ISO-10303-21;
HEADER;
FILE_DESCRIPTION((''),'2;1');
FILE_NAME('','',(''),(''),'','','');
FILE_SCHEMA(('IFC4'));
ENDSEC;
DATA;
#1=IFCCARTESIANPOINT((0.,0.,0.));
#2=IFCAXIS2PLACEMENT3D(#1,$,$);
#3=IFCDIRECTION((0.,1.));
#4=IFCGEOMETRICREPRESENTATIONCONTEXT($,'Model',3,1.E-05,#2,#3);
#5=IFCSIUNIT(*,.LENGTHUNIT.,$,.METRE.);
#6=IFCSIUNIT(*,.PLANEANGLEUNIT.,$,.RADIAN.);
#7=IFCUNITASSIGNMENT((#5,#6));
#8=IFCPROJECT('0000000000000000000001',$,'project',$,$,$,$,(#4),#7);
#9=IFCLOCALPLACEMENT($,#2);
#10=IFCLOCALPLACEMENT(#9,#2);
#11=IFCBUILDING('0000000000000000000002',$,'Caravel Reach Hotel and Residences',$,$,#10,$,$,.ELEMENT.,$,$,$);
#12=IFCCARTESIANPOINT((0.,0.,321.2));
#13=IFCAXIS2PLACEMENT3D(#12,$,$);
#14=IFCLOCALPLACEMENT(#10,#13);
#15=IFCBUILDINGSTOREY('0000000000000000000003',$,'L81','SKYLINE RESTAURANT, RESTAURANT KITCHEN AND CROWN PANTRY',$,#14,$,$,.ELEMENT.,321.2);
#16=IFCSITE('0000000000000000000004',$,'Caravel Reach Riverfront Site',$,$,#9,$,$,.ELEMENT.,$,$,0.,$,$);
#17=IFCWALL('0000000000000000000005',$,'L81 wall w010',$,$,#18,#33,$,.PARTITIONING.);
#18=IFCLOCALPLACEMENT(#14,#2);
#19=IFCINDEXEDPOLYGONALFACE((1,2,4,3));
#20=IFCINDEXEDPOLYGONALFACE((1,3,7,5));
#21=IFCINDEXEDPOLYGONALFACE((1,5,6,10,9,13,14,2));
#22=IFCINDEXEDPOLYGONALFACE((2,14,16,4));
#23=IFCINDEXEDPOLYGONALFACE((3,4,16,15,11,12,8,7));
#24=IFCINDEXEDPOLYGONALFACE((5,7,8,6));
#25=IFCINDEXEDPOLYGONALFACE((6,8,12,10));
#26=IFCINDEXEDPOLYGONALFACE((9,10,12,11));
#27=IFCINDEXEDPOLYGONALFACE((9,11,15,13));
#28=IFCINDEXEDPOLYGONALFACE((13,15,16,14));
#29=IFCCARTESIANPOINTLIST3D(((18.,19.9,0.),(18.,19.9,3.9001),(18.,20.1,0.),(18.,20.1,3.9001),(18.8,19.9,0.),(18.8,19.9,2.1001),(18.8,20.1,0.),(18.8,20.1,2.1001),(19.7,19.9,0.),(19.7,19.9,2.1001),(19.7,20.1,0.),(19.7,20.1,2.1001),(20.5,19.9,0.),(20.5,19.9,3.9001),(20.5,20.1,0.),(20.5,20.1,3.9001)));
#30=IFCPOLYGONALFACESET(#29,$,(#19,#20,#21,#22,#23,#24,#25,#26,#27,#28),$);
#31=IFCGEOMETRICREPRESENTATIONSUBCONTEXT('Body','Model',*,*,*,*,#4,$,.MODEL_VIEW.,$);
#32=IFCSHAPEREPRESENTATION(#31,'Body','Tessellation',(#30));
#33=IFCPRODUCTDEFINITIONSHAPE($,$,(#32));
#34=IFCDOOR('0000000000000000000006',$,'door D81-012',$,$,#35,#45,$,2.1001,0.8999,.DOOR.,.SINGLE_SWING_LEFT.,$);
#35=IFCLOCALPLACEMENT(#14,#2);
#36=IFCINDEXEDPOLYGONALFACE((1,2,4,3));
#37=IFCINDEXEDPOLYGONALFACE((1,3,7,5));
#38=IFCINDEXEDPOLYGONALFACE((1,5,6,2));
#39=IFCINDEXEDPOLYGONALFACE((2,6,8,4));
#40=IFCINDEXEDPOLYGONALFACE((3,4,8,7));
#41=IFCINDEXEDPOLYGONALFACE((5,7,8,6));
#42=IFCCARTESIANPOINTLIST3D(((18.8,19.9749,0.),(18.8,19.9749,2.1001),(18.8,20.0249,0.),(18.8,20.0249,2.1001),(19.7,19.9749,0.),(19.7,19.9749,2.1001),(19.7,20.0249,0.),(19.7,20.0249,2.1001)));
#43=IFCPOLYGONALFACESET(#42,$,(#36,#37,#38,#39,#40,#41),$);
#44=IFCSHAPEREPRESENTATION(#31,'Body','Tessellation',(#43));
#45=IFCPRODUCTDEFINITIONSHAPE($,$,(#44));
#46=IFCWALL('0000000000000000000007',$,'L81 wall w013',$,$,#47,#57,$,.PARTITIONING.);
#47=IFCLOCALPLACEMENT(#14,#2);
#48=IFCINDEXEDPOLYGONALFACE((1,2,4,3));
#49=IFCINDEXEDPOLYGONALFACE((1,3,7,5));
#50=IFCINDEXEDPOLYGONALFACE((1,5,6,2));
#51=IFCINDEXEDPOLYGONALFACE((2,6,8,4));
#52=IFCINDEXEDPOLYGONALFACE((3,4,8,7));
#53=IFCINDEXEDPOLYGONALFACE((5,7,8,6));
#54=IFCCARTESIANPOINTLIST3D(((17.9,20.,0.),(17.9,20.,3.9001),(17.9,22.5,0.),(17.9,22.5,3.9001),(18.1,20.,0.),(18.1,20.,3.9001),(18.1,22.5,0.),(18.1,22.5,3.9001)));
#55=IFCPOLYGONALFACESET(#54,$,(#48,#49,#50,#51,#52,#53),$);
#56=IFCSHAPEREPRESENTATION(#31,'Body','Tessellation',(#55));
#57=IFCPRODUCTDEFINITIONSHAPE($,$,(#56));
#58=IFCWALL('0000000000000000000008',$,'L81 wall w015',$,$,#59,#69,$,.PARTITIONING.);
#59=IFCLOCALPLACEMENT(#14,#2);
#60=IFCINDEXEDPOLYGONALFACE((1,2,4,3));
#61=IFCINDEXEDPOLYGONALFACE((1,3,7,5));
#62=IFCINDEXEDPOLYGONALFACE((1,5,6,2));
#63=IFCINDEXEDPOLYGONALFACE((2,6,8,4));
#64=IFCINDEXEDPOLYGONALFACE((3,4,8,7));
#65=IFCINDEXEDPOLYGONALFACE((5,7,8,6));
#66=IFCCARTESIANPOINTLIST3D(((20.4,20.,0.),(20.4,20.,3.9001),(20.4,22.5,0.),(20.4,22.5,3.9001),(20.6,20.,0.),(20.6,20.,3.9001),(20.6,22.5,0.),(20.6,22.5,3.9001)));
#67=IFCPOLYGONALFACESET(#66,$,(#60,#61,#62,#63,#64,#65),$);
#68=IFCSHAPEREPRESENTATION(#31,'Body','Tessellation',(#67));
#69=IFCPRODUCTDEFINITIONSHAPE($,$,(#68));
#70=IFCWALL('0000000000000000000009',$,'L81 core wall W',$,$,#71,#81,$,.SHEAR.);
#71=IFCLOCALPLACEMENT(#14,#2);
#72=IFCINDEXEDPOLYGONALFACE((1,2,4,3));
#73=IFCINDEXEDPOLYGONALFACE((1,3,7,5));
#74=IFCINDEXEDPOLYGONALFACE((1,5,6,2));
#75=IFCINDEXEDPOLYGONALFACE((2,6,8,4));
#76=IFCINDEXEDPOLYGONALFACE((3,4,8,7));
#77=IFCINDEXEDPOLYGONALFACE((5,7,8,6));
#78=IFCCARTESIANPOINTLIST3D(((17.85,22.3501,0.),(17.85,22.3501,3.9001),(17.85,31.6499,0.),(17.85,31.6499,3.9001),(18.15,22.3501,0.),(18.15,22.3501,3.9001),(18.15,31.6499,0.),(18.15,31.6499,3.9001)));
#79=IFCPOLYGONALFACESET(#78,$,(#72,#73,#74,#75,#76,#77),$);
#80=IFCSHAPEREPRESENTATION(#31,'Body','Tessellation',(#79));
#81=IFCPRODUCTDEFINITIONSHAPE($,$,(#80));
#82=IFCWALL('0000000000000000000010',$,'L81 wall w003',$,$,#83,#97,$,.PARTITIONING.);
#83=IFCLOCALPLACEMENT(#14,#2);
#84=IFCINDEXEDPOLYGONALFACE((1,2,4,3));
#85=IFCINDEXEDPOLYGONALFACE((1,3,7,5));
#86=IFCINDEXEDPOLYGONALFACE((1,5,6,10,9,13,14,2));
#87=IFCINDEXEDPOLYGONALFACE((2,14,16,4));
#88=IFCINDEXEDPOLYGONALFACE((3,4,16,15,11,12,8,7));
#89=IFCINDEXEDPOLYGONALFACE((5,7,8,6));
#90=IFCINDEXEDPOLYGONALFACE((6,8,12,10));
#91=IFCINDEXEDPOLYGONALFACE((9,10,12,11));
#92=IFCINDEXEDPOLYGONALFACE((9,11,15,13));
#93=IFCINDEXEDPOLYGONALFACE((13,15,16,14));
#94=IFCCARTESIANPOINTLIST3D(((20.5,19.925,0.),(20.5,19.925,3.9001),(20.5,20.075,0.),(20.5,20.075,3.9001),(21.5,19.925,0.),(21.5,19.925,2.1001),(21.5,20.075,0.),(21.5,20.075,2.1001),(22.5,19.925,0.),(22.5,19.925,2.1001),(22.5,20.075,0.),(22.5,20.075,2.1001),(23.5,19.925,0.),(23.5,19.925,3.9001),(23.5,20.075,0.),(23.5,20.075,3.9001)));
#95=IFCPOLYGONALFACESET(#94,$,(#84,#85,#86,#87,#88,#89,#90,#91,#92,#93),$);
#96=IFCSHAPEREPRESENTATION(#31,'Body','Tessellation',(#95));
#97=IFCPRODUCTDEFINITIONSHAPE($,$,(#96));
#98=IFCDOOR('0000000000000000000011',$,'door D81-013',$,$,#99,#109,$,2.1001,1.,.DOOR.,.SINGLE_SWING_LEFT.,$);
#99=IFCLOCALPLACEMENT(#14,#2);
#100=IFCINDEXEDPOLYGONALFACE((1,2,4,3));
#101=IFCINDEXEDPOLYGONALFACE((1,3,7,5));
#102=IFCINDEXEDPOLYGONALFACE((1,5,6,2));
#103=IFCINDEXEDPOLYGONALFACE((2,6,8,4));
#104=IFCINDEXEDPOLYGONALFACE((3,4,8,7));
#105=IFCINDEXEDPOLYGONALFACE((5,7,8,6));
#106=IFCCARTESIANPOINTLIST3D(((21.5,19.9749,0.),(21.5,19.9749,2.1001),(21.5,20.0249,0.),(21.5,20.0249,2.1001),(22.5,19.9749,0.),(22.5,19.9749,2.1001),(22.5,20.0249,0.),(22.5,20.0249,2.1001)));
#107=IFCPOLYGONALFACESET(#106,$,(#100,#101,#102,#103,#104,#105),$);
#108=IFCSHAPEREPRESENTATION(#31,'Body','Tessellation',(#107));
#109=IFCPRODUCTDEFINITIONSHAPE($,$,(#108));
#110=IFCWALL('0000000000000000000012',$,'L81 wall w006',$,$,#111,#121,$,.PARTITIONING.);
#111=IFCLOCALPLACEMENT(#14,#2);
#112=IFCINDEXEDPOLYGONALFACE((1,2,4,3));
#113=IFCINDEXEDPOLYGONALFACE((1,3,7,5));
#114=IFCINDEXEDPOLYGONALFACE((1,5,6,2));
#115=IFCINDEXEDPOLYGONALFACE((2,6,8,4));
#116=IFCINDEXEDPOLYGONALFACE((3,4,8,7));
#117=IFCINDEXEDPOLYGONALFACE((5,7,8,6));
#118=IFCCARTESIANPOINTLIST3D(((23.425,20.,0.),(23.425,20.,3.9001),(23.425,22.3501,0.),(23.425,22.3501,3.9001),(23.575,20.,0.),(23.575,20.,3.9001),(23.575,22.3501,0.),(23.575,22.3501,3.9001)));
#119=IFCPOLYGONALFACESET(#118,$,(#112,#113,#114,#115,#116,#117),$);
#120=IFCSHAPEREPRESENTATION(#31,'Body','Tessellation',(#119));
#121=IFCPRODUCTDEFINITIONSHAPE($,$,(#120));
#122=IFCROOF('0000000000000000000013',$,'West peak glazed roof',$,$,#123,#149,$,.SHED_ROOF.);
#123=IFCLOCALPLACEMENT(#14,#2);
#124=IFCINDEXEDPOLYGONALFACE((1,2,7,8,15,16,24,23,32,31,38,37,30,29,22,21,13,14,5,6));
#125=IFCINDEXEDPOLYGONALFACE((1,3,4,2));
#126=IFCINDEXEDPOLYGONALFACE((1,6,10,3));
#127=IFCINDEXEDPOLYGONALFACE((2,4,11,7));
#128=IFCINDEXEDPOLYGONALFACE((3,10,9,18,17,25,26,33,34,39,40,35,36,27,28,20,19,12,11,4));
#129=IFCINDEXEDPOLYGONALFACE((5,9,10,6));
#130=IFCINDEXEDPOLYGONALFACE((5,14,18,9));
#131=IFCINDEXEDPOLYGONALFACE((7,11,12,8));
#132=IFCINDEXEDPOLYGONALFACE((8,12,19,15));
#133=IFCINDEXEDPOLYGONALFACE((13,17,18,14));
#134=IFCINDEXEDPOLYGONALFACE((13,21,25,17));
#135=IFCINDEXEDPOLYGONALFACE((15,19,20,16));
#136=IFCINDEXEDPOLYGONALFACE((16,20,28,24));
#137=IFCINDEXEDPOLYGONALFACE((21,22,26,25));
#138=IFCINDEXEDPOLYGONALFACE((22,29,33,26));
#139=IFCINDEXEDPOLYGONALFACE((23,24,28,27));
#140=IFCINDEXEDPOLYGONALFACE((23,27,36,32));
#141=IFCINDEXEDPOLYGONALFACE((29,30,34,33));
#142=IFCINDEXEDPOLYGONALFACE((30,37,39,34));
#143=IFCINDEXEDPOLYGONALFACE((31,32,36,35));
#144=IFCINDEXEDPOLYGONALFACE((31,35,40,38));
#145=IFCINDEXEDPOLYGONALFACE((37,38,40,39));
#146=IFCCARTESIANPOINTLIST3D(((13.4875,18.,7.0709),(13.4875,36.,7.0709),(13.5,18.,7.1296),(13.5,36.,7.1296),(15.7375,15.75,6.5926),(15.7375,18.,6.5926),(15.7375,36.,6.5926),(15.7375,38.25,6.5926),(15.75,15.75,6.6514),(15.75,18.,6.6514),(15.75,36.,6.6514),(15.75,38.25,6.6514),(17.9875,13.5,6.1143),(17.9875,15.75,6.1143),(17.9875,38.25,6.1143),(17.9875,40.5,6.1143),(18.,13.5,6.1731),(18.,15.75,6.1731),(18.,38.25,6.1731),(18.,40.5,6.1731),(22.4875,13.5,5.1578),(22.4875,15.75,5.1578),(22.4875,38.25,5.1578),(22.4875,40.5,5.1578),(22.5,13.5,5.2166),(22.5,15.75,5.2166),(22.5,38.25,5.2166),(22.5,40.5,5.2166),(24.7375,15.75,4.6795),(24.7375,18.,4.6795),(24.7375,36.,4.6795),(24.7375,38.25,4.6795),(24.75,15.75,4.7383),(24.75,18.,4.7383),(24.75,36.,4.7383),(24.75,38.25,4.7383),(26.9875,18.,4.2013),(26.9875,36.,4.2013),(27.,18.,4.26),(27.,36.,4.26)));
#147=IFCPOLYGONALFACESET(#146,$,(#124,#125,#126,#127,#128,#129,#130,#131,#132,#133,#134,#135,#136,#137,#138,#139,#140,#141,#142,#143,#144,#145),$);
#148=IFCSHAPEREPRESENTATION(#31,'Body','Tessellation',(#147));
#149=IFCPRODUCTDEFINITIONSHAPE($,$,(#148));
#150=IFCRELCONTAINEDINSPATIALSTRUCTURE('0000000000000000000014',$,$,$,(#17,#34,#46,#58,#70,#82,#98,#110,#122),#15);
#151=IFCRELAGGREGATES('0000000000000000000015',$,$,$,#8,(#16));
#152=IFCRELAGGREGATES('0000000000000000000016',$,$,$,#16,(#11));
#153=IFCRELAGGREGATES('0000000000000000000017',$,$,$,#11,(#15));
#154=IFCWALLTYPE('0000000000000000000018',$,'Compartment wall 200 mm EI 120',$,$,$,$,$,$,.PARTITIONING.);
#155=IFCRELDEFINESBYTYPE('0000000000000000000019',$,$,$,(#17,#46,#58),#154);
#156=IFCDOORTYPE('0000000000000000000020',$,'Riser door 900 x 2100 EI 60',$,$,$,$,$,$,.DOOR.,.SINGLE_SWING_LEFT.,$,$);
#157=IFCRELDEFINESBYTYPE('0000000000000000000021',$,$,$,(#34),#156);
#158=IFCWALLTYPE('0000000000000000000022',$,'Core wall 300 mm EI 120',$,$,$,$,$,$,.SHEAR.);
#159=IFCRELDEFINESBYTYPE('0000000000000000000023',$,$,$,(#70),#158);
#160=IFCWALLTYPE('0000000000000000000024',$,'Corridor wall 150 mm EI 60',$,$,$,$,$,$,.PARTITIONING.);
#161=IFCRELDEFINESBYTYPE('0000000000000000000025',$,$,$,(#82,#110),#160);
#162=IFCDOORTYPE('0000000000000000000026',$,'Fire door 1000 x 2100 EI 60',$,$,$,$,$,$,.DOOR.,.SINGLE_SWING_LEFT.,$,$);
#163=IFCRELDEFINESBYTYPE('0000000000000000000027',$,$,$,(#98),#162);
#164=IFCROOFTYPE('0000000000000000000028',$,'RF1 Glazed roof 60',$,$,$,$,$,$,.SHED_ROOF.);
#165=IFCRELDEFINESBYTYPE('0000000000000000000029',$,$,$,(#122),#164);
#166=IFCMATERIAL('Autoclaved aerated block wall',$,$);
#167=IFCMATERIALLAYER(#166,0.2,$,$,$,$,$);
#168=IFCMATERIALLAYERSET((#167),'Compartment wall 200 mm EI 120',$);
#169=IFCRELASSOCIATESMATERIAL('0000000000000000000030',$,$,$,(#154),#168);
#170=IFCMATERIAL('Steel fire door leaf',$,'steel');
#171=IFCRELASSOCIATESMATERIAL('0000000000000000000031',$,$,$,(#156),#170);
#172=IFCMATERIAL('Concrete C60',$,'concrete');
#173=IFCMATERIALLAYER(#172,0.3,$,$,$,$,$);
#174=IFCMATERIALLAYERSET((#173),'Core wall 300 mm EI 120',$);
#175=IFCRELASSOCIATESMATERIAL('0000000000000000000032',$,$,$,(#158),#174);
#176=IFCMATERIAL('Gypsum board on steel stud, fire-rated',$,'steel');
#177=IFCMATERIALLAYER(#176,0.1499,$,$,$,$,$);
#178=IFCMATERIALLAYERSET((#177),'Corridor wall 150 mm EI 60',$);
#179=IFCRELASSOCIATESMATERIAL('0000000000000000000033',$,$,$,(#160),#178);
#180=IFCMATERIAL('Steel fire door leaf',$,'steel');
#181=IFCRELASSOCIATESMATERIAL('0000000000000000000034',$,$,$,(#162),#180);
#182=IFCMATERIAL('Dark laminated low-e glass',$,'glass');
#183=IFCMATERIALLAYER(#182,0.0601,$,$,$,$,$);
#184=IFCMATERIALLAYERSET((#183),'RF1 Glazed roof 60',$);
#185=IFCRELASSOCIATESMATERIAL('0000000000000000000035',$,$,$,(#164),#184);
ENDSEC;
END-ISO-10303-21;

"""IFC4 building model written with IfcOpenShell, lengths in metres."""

from ifc_helpers import new_model, si_unit, direction, frame, frame_2d, origin, place, context, subcontext, project, spatial, polyline, rectangle, outline, extrude, material, layer, layer_set, type_object, element, fill, save


model = new_model("IFC4")

# Units and contexts
model_context = context("Model", 3, precision=1e-05, world=origin(), true_north=direction((0.0, 1.0)))
body_context = subcontext(model_context, "Body", "Model", "MODEL_VIEW")
ifc_project = project(units=[si_unit("LENGTHUNIT", "METRE"), si_unit("PLANEANGLEUNIT", "RADIAN")], contexts=[model_context])

# Site, building, storey
site_placement = place(None, origin())
site = spatial("IfcSite", under=ifc_project, at=site_placement, Name="Caravel Reach Riverfront Site", CompositionType="ELEMENT", RefElevation=0.0)
building_placement = place(site_placement, origin())
building = spatial("IfcBuilding", under=site, at=building_placement, Name="Caravel Reach Hotel and Residences", CompositionType="ELEMENT")
storey_placement = place(building_placement, frame((0.0, 0.0, 321.2)))
storey = spatial("IfcBuildingStorey", under=building, at=storey_placement, Name="L81", Description="SKYLINE RESTAURANT, RESTAURANT KITCHEN AND CROWN PANTRY", CompositionType="ELEMENT", Elevation=321.2)

# Wall, opening, door
ifc_material_1 = material(Name="Autoclaved aerated block wall")
ifc_layer_1 = layer(ifc_material_1, 0.2)
ifc_layer_set_1 = layer_set([ifc_layer_1], Name="Compartment wall 200 mm EI 120")
wall_type_1 = type_object("IfcWallType", Name="Compartment wall 200 mm EI 120", PredefinedType="PARTITIONING", material=ifc_layer_set_1)
wall_1_placement = place(storey_placement, frame((18.0, 20.0, 0.0), z_axis=(0.0, 0.0, 1.0), x_axis=(1.0, 0.0, 0.0)))
wall_1 = element("IfcWall", 1, at=wall_1_placement, inside=storey, type_object=wall_type_1, Name="L81 wall w010", PredefinedType="PARTITIONING", context=body_context, shape_type="SweptSolid", body=[
    extrude(rectangle(XDim=2.5, YDim=0.2, at=frame_2d((1.25, 0.0))), origin(), (0.0, 0.0, 1.0), 3.9001),
])
opening_1_placement = place(wall_1_placement, frame((0.8, 0.0, 0.0)))
opening_1 = element("IfcOpeningElement", 2, at=opening_1_placement, cuts=wall_1, PredefinedType="OPENING", context=body_context, shape_type="SweptSolid", body=[
    extrude(rectangle(XDim=0.8999, YDim=2.1001, at=frame_2d((0.45, 1.05))), frame((0.0, 0.1099, 0.0), z_axis=(0.0, -1.0, 0.0), x_axis=(1.0, 0.0, 0.0)), (0.0, 0.0, 1.0), 0.22),
])
ifc_material_2 = material(Name="Steel fire door leaf", Category="steel")
door_type_1 = type_object("IfcDoorType", Name="Riser door 900 x 2100 EI 60", OperationType="SINGLE_SWING_LEFT", PredefinedType="DOOR", material=ifc_material_2)
door_1_placement = place(opening_1_placement, origin())
door_1 = element("IfcDoor", 3, at=door_1_placement, inside=storey, type_object=door_type_1, Name="door D81-012", OperationType="SINGLE_SWING_LEFT", OverallHeight=2.1001, OverallWidth=0.8999, PredefinedType="DOOR", context=body_context, shape_type="SweptSolid", body=[
    extrude(rectangle(XDim=0.8999, YDim=2.1001, at=frame_2d((0.45, 1.05))), frame((0.0, 0.0249, 0.0), z_axis=(0.0, -1.0, 0.0), x_axis=(1.0, 0.0, 0.0)), (0.0, 0.0, 1.0), 0.05),
])
fill(opening_1, door_1)

# Walls
for number, where, z_axis, x_axis, name in (
    (4, (18.0, 20.0, 0.0), (0.0, 0.0, 1.0), (0.0, 1.0, 0.0), "L81 wall w013"),
    (5, (20.5, 20.0, 0.0), (0.0, 0.0, 1.0), (0.0, 1.0, 0.0), "L81 wall w015"),
):
    element("IfcWall", number, at=place(storey_placement, frame(where, z_axis=z_axis, x_axis=x_axis)), inside=storey, type_object=wall_type_1, Name=name, PredefinedType="PARTITIONING", context=body_context, shape_type="SweptSolid", body=[
        extrude(rectangle(XDim=2.5, YDim=0.2, at=frame_2d((1.25, 0.0))), origin(), (0.0, 0.0, 1.0), 3.9001),
    ])
ifc_material_3 = material(Name="Concrete C60", Category="concrete")
ifc_layer_2 = layer(ifc_material_3, 0.3)
ifc_layer_set_2 = layer_set([ifc_layer_2], Name="Core wall 300 mm EI 120")
wall_type_2 = type_object("IfcWallType", Name="Core wall 300 mm EI 120", PredefinedType="SHEAR", material=ifc_layer_set_2)
wall_2_placement = place(storey_placement, frame((18.0, 22.3501, 0.0), z_axis=(0.0, 0.0, 1.0), x_axis=(0.0, 1.0, 0.0)))
element("IfcWall", 6, at=wall_2_placement, inside=storey, type_object=wall_type_2, Name="L81 core wall W", PredefinedType="SHEAR", context=body_context, shape_type="SweptSolid", body=[
    extrude(rectangle(XDim=9.2998, YDim=0.3, at=frame_2d((4.6499, 0.0))), origin(), (0.0, 0.0, 1.0), 3.9001),
])

# Wall, opening, door
ifc_material_4 = material(Name="Gypsum board on steel stud, fire-rated", Category="steel")
ifc_layer_3 = layer(ifc_material_4, 0.1499)
ifc_layer_set_3 = layer_set([ifc_layer_3], Name="Corridor wall 150 mm EI 60")
wall_type_3 = type_object("IfcWallType", Name="Corridor wall 150 mm EI 60", PredefinedType="PARTITIONING", material=ifc_layer_set_3)
wall_3_placement = place(storey_placement, frame((20.5, 20.0, 0.0), z_axis=(0.0, 0.0, 1.0), x_axis=(1.0, 0.0, 0.0)))
wall_3 = element("IfcWall", 7, at=wall_3_placement, inside=storey, type_object=wall_type_3, Name="L81 wall w003", PredefinedType="PARTITIONING", context=body_context, shape_type="SweptSolid", body=[
    extrude(rectangle(XDim=3.0, YDim=0.1499, at=frame_2d((1.5, 0.0))), origin(), (0.0, 0.0, 1.0), 3.9001),
])
opening_2_placement = place(wall_3_placement, frame((1.0, 0.0, 0.0)))
opening_2 = element("IfcOpeningElement", 8, at=opening_2_placement, cuts=wall_3, PredefinedType="OPENING", context=body_context, shape_type="SweptSolid", body=[
    extrude(rectangle(XDim=1.0, YDim=2.1001, at=frame_2d((0.5, 1.05))), frame((0.0, 0.085, 0.0), z_axis=(0.0, -1.0, 0.0), x_axis=(1.0, 0.0, 0.0)), (0.0, 0.0, 1.0), 0.1699),
])
ifc_material_5 = material(Name="Steel fire door leaf", Category="steel")
door_type_2 = type_object("IfcDoorType", Name="Fire door 1000 x 2100 EI 60", OperationType="SINGLE_SWING_LEFT", PredefinedType="DOOR", material=ifc_material_5)
door_2_placement = place(opening_2_placement, origin())
door_2 = element("IfcDoor", 9, at=door_2_placement, inside=storey, type_object=door_type_2, Name="door D81-013", OperationType="SINGLE_SWING_LEFT", OverallHeight=2.1001, OverallWidth=1.0, PredefinedType="DOOR", context=body_context, shape_type="SweptSolid", body=[
    extrude(rectangle(XDim=1.0, YDim=2.1001, at=frame_2d((0.5, 1.05))), frame((0.0, 0.0249, 0.0), z_axis=(0.0, -1.0, 0.0), x_axis=(1.0, 0.0, 0.0)), (0.0, 0.0, 1.0), 0.05),
])
fill(opening_2, door_2)

# Wall
wall_4_placement = place(storey_placement, frame((23.5, 20.0, 0.0), z_axis=(0.0, 0.0, 1.0), x_axis=(0.0, 1.0, 0.0)))
element("IfcWall", 10, at=wall_4_placement, inside=storey, type_object=wall_type_3, Name="L81 wall w006", PredefinedType="PARTITIONING", context=body_context, shape_type="SweptSolid", body=[
    extrude(rectangle(XDim=2.3501, YDim=0.1499, at=frame_2d((1.175, 0.0))), origin(), (0.0, 0.0, 1.0), 3.9001),
])

# Roof
ifc_material_6 = material(Name="Dark laminated low-e glass", Category="glass")
ifc_layer_4 = layer(ifc_material_6, 0.0601)
ifc_layer_set_4 = layer_set([ifc_layer_4], Name="RF1 Glazed roof 60")
roof_type = type_object("IfcRoofType", Name="RF1 Glazed roof 60", PredefinedType="SHED_ROOF", material=ifc_layer_set_4)
roof_placement = place(storey_placement, frame((22.5, 13.5, 5.2166), z_axis=(0.20792, 0.0, 0.978146), x_axis=(0.0, 1.0, 0.0)))
element("IfcRoof", 11, at=roof_placement, inside=storey, type_object=roof_type, Name="West peak glazed roof", PredefinedType="SHED_ROOF", context=body_context, shape_type="SweptSolid", body=[
    extrude(outline(polyline([(0.0, 0.0), (2.25, 0.0), (2.25, -2.3003), (4.5, -2.3003), (4.5, -4.6005), (22.5, -4.6005), (22.5, -2.3003), (24.75, -2.3003), (24.75, 0.0), (27.0, 0.0), (27.0, 4.6005), (24.75, 4.6005), (24.75, 6.9008), (22.5, 6.9008), (22.5, 9.2011), (4.5, 9.2011), (4.5, 6.9008), (2.25, 6.9008), (2.25, 4.6005), (0.0, 4.6005), (0.0, 0.0)])), origin(), (0.0, 0.0, -1.0), 0.0601),
])

save(model, "model.ifc")
